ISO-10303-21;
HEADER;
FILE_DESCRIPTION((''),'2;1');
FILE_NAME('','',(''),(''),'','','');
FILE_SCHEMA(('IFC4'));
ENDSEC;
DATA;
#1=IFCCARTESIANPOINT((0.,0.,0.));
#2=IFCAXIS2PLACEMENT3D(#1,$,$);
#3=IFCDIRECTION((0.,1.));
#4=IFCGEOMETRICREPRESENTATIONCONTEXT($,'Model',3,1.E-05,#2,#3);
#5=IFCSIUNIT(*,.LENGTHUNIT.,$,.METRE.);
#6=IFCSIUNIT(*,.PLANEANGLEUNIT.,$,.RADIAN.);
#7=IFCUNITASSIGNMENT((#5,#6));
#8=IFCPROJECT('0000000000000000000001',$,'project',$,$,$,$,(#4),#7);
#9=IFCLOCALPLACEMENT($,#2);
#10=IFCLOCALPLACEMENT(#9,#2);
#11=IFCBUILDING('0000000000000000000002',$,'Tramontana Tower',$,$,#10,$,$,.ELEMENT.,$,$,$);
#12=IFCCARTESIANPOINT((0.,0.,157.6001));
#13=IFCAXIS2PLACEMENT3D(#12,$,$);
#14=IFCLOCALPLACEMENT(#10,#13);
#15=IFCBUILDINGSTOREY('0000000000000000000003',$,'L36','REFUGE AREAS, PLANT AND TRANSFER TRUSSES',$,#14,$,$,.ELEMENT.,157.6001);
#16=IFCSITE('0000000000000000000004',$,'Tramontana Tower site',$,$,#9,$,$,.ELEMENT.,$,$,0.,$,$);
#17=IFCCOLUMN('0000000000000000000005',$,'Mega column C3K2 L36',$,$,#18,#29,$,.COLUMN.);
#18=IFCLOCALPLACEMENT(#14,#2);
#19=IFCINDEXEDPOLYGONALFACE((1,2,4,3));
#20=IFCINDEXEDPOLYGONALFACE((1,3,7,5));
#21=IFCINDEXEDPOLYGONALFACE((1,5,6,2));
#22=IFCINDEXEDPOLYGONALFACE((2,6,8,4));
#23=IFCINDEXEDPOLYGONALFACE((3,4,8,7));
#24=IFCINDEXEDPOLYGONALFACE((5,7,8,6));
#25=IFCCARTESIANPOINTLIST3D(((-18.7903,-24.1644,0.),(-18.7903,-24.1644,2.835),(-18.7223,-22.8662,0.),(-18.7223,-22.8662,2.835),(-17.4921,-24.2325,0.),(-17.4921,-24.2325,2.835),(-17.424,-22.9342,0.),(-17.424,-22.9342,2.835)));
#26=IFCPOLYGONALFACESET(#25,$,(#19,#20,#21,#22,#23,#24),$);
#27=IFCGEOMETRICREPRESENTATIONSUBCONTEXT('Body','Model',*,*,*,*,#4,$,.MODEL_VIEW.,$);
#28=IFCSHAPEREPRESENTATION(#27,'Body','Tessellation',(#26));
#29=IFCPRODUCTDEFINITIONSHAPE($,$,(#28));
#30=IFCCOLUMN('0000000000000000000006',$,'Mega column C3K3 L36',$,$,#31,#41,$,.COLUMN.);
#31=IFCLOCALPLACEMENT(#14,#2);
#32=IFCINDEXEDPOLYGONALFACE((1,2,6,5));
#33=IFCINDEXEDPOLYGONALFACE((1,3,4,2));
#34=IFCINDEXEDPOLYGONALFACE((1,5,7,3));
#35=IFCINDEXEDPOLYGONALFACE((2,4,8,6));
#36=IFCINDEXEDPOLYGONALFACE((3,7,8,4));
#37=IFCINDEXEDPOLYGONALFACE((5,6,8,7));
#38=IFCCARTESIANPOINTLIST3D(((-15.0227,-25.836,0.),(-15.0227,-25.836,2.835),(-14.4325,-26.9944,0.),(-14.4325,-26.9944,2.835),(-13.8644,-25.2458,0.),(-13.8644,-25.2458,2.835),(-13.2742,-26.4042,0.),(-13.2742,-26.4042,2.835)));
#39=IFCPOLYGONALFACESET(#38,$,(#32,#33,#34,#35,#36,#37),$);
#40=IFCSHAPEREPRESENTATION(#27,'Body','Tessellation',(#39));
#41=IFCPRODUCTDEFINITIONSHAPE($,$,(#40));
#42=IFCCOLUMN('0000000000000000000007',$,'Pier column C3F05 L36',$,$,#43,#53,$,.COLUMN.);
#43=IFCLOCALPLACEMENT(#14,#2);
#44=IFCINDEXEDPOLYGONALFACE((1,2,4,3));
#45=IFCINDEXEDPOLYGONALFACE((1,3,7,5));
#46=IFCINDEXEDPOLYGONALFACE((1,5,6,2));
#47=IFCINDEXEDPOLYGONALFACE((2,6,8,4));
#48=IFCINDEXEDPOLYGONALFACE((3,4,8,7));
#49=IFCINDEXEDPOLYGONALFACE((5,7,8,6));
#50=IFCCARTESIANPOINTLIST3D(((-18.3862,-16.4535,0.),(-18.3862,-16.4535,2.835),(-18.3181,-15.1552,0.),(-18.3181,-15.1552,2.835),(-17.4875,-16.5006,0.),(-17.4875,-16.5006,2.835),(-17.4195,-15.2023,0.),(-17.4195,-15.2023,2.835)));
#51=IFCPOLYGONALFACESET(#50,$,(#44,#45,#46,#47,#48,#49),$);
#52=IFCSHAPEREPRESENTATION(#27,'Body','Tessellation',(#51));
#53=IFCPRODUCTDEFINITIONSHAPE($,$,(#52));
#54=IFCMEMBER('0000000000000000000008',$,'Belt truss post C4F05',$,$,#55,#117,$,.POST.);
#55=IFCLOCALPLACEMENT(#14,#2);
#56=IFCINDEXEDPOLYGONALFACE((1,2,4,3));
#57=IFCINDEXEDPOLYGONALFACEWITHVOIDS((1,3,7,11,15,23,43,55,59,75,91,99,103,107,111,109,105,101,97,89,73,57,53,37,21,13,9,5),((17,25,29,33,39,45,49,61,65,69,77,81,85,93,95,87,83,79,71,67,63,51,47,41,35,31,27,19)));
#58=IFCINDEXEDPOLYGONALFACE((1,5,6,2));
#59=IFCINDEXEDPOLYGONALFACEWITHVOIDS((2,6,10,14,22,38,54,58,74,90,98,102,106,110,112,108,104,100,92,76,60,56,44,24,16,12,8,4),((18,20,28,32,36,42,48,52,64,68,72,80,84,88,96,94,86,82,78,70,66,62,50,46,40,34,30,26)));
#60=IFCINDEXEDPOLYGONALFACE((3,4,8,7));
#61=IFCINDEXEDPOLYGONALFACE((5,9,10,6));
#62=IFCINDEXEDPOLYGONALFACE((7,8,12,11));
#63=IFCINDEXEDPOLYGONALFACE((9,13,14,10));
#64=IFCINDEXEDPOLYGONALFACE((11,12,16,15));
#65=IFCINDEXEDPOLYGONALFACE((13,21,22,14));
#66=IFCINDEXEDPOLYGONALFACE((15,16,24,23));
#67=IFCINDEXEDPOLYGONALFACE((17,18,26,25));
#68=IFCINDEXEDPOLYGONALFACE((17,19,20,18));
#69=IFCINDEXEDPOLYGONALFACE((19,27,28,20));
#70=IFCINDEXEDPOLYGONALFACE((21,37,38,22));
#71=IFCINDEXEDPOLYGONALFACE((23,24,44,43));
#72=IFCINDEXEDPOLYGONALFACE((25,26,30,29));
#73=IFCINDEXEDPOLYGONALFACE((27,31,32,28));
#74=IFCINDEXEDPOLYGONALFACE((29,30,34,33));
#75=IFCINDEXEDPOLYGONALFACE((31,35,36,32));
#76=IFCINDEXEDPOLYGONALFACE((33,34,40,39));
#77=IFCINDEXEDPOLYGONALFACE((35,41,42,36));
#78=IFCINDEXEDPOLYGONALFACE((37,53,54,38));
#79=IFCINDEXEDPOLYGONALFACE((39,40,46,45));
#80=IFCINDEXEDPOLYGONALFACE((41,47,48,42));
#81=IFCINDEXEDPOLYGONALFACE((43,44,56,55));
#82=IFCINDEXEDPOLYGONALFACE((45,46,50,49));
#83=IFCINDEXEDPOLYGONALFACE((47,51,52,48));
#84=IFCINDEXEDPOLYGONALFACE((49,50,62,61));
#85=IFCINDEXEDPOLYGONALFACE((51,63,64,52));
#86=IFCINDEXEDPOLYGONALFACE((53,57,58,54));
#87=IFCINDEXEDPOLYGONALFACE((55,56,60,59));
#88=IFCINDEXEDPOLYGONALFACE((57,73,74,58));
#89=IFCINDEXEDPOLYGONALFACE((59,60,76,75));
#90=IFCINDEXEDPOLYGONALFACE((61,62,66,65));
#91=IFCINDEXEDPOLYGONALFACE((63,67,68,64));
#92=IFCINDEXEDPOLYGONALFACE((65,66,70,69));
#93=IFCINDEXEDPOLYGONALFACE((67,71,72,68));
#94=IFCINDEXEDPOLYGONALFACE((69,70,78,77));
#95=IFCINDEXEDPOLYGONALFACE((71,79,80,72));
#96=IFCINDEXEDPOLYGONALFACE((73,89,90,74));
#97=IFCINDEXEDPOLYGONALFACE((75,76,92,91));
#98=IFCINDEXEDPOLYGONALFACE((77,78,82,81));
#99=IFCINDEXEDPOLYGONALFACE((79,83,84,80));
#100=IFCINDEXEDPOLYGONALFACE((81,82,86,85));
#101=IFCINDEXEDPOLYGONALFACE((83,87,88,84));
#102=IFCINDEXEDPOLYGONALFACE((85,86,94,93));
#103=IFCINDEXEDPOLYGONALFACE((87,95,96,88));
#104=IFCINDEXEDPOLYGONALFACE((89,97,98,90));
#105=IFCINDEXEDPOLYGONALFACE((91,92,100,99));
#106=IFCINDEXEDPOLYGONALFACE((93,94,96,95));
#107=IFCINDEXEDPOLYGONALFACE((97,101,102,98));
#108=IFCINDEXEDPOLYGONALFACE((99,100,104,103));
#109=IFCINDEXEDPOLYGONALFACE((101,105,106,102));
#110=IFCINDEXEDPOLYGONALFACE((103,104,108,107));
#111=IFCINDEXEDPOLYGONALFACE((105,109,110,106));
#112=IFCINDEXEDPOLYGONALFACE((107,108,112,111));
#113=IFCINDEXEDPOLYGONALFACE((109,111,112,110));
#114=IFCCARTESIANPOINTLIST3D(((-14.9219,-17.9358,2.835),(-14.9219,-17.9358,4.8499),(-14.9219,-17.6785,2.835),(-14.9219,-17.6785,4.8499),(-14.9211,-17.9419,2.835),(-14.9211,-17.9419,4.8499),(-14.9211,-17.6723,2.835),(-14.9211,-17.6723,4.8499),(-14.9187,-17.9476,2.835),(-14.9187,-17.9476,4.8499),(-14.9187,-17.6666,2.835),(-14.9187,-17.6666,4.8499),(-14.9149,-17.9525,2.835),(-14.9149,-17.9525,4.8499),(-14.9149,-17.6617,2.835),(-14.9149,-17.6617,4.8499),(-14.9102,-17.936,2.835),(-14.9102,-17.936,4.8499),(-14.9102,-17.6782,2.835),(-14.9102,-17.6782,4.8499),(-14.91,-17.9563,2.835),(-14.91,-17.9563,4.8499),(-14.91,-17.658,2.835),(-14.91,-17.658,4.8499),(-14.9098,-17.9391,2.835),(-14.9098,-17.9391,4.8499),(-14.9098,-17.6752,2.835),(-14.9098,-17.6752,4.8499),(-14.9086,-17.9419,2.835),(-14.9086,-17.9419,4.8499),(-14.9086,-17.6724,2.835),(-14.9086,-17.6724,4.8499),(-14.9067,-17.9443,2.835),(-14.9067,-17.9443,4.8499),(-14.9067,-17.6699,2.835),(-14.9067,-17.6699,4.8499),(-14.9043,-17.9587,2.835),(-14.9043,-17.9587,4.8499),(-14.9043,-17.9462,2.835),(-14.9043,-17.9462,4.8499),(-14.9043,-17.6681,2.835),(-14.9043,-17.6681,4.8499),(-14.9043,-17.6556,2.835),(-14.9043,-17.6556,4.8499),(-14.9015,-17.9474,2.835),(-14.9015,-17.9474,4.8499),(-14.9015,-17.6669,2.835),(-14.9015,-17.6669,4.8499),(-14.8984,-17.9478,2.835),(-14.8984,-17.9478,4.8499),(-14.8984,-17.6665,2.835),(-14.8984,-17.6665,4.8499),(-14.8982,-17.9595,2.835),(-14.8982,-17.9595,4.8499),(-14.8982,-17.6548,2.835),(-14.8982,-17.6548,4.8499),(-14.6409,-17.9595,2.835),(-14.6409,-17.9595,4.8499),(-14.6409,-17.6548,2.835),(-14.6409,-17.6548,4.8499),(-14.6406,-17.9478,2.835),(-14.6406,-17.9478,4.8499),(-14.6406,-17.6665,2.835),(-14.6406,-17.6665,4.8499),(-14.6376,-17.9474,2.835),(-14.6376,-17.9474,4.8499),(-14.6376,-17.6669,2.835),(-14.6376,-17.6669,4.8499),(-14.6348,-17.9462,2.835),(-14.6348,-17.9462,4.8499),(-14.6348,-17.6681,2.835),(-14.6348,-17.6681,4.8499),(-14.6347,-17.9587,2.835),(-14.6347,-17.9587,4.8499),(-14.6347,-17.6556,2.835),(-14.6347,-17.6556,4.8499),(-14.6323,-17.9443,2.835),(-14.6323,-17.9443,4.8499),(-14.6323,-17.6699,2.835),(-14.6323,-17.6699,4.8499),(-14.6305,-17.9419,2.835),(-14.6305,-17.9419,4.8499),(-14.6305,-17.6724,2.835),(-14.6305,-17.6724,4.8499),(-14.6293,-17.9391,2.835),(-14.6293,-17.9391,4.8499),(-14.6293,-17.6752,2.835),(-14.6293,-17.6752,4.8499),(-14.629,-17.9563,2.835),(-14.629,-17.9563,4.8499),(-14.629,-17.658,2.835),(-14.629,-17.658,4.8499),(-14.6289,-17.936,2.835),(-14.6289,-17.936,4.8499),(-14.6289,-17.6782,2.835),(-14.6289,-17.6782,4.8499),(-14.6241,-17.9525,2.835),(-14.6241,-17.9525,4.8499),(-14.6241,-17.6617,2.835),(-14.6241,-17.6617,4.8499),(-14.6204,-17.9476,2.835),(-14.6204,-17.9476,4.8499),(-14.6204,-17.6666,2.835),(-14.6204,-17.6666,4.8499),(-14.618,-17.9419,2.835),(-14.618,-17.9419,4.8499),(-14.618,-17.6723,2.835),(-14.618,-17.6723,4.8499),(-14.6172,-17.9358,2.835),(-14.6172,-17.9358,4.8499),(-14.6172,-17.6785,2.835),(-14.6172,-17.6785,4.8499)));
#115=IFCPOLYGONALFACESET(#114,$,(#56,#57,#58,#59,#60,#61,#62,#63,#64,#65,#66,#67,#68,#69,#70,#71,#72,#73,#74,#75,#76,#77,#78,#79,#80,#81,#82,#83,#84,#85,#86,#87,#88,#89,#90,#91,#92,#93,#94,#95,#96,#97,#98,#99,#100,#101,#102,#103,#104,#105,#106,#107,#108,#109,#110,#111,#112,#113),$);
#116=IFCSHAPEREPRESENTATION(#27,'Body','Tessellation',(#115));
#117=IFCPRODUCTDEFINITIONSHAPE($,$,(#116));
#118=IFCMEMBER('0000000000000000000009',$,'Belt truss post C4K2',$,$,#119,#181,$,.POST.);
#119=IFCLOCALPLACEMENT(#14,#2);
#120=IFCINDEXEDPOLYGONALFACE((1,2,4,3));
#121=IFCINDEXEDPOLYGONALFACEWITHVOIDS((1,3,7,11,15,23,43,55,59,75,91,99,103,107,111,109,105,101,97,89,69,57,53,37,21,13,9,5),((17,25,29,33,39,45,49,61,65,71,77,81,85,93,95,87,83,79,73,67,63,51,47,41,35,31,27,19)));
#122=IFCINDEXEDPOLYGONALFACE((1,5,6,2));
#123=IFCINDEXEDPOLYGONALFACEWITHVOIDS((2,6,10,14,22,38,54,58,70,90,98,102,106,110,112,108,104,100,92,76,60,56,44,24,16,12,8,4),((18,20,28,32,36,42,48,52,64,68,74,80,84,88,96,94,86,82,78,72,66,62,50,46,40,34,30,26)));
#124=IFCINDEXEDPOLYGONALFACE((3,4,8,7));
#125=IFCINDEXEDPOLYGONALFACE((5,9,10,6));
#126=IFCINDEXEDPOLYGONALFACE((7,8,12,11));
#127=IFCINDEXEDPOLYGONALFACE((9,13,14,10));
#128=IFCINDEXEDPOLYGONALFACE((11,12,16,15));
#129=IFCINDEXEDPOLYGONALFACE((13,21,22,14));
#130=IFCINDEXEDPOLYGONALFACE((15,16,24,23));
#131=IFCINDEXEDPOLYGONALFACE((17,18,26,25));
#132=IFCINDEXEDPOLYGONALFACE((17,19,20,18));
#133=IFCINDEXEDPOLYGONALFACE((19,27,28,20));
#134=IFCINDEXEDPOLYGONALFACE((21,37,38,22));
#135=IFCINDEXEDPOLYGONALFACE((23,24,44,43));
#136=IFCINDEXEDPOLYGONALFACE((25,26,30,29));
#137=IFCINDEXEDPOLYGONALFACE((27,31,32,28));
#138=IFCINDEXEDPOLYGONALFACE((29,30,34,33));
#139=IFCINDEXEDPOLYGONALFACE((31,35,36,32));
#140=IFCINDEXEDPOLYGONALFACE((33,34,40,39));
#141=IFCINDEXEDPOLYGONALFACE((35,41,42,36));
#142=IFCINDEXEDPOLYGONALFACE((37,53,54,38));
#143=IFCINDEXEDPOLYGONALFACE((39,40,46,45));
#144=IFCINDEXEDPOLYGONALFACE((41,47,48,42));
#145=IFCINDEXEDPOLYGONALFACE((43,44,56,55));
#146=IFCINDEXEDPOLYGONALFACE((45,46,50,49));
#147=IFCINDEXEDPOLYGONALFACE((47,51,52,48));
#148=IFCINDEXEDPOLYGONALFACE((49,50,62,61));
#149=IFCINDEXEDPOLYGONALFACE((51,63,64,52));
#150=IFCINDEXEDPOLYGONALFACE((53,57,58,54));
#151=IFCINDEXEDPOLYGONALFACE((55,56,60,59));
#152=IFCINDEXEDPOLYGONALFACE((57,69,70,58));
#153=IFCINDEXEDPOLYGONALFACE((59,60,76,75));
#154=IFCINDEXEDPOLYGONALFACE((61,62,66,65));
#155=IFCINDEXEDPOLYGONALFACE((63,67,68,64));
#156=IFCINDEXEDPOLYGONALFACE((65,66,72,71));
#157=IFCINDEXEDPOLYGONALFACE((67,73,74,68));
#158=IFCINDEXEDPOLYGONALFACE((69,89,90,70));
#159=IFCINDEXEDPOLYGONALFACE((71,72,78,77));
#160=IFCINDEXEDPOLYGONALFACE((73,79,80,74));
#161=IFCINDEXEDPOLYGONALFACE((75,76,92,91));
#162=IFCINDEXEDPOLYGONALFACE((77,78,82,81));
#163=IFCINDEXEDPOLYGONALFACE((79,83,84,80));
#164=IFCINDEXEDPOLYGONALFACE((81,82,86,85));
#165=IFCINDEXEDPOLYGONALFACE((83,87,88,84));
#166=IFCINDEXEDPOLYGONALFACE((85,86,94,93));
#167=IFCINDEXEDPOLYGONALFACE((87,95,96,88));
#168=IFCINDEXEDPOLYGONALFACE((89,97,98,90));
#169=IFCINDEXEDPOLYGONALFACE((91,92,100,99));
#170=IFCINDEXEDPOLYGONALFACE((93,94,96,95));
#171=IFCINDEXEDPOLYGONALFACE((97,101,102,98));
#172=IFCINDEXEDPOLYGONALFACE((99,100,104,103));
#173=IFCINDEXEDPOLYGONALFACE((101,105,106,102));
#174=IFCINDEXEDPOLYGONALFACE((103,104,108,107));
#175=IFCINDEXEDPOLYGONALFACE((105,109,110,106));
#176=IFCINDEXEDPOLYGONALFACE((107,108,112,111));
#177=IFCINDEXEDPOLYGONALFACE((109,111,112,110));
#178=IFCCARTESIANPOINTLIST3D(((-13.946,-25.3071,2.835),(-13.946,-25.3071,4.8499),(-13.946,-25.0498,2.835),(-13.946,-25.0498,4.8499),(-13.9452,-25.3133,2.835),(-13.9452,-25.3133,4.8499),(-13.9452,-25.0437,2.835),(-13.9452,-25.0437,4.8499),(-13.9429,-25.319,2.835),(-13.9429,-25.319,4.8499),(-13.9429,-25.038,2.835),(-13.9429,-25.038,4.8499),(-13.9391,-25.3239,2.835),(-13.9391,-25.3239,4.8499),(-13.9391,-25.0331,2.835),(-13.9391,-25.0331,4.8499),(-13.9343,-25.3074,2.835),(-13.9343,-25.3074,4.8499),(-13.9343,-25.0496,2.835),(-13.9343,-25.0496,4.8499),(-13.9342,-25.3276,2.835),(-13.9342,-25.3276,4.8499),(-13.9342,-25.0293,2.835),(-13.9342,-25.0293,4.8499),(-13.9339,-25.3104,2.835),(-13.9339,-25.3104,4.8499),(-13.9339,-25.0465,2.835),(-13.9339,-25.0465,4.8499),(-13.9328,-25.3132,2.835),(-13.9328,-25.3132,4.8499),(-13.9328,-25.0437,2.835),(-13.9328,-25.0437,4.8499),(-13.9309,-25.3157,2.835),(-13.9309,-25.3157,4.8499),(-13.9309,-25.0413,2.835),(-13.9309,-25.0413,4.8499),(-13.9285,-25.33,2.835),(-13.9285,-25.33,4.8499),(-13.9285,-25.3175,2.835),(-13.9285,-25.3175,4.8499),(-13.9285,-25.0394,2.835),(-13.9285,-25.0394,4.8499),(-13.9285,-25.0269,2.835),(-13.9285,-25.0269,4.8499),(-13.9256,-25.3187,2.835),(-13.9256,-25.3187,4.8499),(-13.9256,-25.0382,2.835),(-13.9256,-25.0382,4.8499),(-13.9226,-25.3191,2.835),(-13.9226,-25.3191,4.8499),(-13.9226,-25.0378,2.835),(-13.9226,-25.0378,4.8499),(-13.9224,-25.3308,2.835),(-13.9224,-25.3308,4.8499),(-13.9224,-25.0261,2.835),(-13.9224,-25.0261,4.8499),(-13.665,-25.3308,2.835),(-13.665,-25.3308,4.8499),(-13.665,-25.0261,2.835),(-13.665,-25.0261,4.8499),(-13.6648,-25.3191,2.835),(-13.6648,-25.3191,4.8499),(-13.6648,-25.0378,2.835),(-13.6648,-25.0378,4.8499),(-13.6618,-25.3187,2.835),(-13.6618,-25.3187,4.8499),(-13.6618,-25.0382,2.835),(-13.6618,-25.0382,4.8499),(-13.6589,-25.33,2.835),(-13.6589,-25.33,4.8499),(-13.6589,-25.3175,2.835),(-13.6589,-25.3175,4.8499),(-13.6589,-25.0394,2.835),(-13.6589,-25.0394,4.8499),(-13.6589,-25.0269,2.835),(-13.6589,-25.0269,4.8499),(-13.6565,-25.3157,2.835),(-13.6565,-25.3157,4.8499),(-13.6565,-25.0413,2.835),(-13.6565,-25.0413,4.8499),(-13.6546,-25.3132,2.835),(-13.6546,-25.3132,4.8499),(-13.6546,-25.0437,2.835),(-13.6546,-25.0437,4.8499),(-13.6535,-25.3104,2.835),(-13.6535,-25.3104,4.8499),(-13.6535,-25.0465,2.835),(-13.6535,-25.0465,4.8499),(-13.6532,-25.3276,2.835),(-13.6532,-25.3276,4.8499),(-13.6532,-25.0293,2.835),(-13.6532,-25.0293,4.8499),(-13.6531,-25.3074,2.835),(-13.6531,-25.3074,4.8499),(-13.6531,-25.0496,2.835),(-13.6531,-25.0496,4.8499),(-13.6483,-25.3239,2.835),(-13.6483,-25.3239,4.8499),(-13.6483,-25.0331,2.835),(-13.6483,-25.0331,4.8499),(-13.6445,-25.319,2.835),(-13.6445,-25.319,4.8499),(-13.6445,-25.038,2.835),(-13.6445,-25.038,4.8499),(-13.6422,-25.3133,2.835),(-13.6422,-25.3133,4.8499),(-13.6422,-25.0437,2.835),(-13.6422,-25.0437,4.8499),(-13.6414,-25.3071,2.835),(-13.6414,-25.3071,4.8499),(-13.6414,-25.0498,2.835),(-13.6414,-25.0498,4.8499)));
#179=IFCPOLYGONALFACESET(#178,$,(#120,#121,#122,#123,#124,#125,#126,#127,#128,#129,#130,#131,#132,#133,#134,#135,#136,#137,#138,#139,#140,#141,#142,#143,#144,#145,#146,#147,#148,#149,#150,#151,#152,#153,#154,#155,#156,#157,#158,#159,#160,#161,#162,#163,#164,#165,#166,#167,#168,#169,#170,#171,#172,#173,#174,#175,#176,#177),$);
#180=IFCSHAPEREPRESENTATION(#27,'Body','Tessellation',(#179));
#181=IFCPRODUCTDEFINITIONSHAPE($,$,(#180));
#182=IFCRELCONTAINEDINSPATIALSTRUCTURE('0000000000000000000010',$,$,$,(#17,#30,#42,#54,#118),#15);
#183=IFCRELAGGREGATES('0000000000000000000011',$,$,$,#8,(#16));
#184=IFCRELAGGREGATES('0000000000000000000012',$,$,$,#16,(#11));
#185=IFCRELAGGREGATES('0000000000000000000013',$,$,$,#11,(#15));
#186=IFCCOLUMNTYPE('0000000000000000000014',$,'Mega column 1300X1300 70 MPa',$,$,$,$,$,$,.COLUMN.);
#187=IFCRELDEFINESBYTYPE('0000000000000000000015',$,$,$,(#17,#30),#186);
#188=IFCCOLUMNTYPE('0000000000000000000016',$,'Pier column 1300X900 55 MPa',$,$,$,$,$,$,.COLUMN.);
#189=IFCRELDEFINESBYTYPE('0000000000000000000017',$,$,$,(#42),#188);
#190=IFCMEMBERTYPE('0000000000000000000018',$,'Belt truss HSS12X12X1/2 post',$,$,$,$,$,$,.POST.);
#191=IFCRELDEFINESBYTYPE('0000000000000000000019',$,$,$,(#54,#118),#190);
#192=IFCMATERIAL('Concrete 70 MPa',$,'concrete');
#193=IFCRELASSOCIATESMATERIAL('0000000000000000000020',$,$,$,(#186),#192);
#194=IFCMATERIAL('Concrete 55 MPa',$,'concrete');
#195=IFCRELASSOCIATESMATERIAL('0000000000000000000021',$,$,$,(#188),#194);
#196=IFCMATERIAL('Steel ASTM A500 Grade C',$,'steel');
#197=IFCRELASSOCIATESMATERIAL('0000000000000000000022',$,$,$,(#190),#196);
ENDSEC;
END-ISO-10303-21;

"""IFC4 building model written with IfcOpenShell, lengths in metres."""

from ifc_helpers import new_model, si_unit, direction, frame, origin, origin_2d, place, context, subcontext, project, spatial, rectangle, hollow_rectangle, extrude, material, material_profile, profile_set, type_object, element, save


model = new_model("IFC4")

# Units and contexts
model_context = context("Model", 3, precision=1e-05, world=origin(), true_north=direction((0.0, 1.0)))
body_context = subcontext(model_context, "Body", "Model", "MODEL_VIEW")
ifc_project = project(units=[si_unit("LENGTHUNIT", "METRE"), si_unit("PLANEANGLEUNIT", "RADIAN")], contexts=[model_context])

# Site, building, storey
site_placement = place(None, origin())
site = spatial("IfcSite", under=ifc_project, at=site_placement, Name="Tramontana Tower site", CompositionType="ELEMENT", RefElevation=0.0)
building_placement = place(site_placement, origin())
building = spatial("IfcBuilding", under=site, at=building_placement, Name="Tramontana Tower", CompositionType="ELEMENT")
storey_placement = place(building_placement, frame((0.0, 0.0, 157.6001)))
storey = spatial("IfcBuildingStorey", under=building, at=storey_placement, Name="L36", Description="REFUGE AREAS, PLANT AND TRANSFER TRUSSES", CompositionType="ELEMENT", Elevation=157.6001)

# Columns
ifc_material_1 = material(Name="Concrete 70 MPa", Category="concrete")
ifc_material_profile_1 = material_profile(ifc_material_1, rectangle(XDim=1.3, YDim=1.3, at=origin_2d()), Name="Mega column 1300X1300 70 MPa")
ifc_profile_set_1 = profile_set([ifc_material_profile_1], Name="Concrete 70 MPa")
column_type_1 = type_object("IfcColumnType", Name="Mega column 1300X1300 70 MPa", PredefinedType="COLUMN", material=ifc_profile_set_1)
for number, where, z_axis, x_axis, name in (
    (1, (-18.1072, -23.5493, 0.0), (0.0, 0.0, 1.0), (-0.052336, -0.99863, 0.0), "Mega column C3K2 L36"),
    (2, (-14.1484, -26.1201, 0.0), (0.0, 0.0, 1.0), (0.891007, 0.45399, 0.0), "Mega column C3K3 L36"),
):
    element("IfcColumn", number, at=place(storey_placement, frame(where, z_axis=z_axis, x_axis=x_axis)), inside=storey, type_object=column_type_1, Name=name, PredefinedType="COLUMN", context=body_context, shape_type="SweptSolid", body=[
        extrude(rectangle(XDim=1.3, YDim=1.3, at=origin_2d()), origin(), (0.0, 0.0, 1.0), 2.835),
    ])
ifc_material_2 = material(Name="Concrete 55 MPa", Category="concrete")
ifc_material_profile_2 = material_profile(ifc_material_2, rectangle(XDim=1.3, YDim=0.8999, at=origin_2d()), Name="Pier column 1300X900 55 MPa")
ifc_profile_set_2 = profile_set([ifc_material_profile_2], Name="Concrete 55 MPa")
column_type_2 = type_object("IfcColumnType", Name="Pier column 1300X900 55 MPa", PredefinedType="COLUMN", material=ifc_profile_set_2)
column_placement = place(storey_placement, frame((-17.9028, -15.8279, 0.0), z_axis=(0.0, 0.0, 1.0), x_axis=(-0.052336, -0.99863, 0.0)))
element("IfcColumn", 3, at=column_placement, inside=storey, type_object=column_type_2, Name="Pier column C3F05 L36", PredefinedType="COLUMN", context=body_context, shape_type="SweptSolid", body=[
    extrude(rectangle(XDim=1.3, YDim=0.8999, at=origin_2d()), origin(), (0.0, 0.0, 1.0), 2.835),
])

# Members
ifc_material_3 = material(Name="Steel ASTM A500 Grade C", Category="steel")
ifc_material_profile_3 = material_profile(ifc_material_3, hollow_rectangle(XDim=0.3047, YDim=0.3047, WallThickness=0.0117, InnerFilletRadius=0.0117, OuterFilletRadius=0.0237, at=origin_2d()), Name="HSS12X12X1/2")
ifc_profile_set_3 = profile_set([ifc_material_profile_3], Name="Steel ASTM A500 Grade C")
member_type_1 = type_object("IfcMemberType", Name="Belt truss HSS12X12X1/2 post", PredefinedType="POST", material=ifc_profile_set_3)
for number, where, z_axis, x_axis, name in (
    (4, (-14.7695, -17.8071, 2.835), (0.0, 0.0, 1.0), (1.0, 0.0, 0.0), "Belt truss post C4F05"),
    (5, (-13.7937, -25.1785, 2.835), (0.0, 0.0, 1.0), (1.0, 0.0, 0.0), "Belt truss post C4K2"),
):
    element("IfcMember", number, at=place(storey_placement, frame(where, z_axis=z_axis, x_axis=x_axis)), inside=storey, type_object=member_type_1, Name=name, PredefinedType="POST", context=body_context, shape_type="SweptSolid", body=[
        extrude(hollow_rectangle(XDim=0.3047, YDim=0.3047, WallThickness=0.0117, InnerFilletRadius=0.0117, OuterFilletRadius=0.0237, at=origin_2d()), origin(), (0.0, 0.0, 1.0), 2.0149),
    ])

save(model, "model.ifc")
